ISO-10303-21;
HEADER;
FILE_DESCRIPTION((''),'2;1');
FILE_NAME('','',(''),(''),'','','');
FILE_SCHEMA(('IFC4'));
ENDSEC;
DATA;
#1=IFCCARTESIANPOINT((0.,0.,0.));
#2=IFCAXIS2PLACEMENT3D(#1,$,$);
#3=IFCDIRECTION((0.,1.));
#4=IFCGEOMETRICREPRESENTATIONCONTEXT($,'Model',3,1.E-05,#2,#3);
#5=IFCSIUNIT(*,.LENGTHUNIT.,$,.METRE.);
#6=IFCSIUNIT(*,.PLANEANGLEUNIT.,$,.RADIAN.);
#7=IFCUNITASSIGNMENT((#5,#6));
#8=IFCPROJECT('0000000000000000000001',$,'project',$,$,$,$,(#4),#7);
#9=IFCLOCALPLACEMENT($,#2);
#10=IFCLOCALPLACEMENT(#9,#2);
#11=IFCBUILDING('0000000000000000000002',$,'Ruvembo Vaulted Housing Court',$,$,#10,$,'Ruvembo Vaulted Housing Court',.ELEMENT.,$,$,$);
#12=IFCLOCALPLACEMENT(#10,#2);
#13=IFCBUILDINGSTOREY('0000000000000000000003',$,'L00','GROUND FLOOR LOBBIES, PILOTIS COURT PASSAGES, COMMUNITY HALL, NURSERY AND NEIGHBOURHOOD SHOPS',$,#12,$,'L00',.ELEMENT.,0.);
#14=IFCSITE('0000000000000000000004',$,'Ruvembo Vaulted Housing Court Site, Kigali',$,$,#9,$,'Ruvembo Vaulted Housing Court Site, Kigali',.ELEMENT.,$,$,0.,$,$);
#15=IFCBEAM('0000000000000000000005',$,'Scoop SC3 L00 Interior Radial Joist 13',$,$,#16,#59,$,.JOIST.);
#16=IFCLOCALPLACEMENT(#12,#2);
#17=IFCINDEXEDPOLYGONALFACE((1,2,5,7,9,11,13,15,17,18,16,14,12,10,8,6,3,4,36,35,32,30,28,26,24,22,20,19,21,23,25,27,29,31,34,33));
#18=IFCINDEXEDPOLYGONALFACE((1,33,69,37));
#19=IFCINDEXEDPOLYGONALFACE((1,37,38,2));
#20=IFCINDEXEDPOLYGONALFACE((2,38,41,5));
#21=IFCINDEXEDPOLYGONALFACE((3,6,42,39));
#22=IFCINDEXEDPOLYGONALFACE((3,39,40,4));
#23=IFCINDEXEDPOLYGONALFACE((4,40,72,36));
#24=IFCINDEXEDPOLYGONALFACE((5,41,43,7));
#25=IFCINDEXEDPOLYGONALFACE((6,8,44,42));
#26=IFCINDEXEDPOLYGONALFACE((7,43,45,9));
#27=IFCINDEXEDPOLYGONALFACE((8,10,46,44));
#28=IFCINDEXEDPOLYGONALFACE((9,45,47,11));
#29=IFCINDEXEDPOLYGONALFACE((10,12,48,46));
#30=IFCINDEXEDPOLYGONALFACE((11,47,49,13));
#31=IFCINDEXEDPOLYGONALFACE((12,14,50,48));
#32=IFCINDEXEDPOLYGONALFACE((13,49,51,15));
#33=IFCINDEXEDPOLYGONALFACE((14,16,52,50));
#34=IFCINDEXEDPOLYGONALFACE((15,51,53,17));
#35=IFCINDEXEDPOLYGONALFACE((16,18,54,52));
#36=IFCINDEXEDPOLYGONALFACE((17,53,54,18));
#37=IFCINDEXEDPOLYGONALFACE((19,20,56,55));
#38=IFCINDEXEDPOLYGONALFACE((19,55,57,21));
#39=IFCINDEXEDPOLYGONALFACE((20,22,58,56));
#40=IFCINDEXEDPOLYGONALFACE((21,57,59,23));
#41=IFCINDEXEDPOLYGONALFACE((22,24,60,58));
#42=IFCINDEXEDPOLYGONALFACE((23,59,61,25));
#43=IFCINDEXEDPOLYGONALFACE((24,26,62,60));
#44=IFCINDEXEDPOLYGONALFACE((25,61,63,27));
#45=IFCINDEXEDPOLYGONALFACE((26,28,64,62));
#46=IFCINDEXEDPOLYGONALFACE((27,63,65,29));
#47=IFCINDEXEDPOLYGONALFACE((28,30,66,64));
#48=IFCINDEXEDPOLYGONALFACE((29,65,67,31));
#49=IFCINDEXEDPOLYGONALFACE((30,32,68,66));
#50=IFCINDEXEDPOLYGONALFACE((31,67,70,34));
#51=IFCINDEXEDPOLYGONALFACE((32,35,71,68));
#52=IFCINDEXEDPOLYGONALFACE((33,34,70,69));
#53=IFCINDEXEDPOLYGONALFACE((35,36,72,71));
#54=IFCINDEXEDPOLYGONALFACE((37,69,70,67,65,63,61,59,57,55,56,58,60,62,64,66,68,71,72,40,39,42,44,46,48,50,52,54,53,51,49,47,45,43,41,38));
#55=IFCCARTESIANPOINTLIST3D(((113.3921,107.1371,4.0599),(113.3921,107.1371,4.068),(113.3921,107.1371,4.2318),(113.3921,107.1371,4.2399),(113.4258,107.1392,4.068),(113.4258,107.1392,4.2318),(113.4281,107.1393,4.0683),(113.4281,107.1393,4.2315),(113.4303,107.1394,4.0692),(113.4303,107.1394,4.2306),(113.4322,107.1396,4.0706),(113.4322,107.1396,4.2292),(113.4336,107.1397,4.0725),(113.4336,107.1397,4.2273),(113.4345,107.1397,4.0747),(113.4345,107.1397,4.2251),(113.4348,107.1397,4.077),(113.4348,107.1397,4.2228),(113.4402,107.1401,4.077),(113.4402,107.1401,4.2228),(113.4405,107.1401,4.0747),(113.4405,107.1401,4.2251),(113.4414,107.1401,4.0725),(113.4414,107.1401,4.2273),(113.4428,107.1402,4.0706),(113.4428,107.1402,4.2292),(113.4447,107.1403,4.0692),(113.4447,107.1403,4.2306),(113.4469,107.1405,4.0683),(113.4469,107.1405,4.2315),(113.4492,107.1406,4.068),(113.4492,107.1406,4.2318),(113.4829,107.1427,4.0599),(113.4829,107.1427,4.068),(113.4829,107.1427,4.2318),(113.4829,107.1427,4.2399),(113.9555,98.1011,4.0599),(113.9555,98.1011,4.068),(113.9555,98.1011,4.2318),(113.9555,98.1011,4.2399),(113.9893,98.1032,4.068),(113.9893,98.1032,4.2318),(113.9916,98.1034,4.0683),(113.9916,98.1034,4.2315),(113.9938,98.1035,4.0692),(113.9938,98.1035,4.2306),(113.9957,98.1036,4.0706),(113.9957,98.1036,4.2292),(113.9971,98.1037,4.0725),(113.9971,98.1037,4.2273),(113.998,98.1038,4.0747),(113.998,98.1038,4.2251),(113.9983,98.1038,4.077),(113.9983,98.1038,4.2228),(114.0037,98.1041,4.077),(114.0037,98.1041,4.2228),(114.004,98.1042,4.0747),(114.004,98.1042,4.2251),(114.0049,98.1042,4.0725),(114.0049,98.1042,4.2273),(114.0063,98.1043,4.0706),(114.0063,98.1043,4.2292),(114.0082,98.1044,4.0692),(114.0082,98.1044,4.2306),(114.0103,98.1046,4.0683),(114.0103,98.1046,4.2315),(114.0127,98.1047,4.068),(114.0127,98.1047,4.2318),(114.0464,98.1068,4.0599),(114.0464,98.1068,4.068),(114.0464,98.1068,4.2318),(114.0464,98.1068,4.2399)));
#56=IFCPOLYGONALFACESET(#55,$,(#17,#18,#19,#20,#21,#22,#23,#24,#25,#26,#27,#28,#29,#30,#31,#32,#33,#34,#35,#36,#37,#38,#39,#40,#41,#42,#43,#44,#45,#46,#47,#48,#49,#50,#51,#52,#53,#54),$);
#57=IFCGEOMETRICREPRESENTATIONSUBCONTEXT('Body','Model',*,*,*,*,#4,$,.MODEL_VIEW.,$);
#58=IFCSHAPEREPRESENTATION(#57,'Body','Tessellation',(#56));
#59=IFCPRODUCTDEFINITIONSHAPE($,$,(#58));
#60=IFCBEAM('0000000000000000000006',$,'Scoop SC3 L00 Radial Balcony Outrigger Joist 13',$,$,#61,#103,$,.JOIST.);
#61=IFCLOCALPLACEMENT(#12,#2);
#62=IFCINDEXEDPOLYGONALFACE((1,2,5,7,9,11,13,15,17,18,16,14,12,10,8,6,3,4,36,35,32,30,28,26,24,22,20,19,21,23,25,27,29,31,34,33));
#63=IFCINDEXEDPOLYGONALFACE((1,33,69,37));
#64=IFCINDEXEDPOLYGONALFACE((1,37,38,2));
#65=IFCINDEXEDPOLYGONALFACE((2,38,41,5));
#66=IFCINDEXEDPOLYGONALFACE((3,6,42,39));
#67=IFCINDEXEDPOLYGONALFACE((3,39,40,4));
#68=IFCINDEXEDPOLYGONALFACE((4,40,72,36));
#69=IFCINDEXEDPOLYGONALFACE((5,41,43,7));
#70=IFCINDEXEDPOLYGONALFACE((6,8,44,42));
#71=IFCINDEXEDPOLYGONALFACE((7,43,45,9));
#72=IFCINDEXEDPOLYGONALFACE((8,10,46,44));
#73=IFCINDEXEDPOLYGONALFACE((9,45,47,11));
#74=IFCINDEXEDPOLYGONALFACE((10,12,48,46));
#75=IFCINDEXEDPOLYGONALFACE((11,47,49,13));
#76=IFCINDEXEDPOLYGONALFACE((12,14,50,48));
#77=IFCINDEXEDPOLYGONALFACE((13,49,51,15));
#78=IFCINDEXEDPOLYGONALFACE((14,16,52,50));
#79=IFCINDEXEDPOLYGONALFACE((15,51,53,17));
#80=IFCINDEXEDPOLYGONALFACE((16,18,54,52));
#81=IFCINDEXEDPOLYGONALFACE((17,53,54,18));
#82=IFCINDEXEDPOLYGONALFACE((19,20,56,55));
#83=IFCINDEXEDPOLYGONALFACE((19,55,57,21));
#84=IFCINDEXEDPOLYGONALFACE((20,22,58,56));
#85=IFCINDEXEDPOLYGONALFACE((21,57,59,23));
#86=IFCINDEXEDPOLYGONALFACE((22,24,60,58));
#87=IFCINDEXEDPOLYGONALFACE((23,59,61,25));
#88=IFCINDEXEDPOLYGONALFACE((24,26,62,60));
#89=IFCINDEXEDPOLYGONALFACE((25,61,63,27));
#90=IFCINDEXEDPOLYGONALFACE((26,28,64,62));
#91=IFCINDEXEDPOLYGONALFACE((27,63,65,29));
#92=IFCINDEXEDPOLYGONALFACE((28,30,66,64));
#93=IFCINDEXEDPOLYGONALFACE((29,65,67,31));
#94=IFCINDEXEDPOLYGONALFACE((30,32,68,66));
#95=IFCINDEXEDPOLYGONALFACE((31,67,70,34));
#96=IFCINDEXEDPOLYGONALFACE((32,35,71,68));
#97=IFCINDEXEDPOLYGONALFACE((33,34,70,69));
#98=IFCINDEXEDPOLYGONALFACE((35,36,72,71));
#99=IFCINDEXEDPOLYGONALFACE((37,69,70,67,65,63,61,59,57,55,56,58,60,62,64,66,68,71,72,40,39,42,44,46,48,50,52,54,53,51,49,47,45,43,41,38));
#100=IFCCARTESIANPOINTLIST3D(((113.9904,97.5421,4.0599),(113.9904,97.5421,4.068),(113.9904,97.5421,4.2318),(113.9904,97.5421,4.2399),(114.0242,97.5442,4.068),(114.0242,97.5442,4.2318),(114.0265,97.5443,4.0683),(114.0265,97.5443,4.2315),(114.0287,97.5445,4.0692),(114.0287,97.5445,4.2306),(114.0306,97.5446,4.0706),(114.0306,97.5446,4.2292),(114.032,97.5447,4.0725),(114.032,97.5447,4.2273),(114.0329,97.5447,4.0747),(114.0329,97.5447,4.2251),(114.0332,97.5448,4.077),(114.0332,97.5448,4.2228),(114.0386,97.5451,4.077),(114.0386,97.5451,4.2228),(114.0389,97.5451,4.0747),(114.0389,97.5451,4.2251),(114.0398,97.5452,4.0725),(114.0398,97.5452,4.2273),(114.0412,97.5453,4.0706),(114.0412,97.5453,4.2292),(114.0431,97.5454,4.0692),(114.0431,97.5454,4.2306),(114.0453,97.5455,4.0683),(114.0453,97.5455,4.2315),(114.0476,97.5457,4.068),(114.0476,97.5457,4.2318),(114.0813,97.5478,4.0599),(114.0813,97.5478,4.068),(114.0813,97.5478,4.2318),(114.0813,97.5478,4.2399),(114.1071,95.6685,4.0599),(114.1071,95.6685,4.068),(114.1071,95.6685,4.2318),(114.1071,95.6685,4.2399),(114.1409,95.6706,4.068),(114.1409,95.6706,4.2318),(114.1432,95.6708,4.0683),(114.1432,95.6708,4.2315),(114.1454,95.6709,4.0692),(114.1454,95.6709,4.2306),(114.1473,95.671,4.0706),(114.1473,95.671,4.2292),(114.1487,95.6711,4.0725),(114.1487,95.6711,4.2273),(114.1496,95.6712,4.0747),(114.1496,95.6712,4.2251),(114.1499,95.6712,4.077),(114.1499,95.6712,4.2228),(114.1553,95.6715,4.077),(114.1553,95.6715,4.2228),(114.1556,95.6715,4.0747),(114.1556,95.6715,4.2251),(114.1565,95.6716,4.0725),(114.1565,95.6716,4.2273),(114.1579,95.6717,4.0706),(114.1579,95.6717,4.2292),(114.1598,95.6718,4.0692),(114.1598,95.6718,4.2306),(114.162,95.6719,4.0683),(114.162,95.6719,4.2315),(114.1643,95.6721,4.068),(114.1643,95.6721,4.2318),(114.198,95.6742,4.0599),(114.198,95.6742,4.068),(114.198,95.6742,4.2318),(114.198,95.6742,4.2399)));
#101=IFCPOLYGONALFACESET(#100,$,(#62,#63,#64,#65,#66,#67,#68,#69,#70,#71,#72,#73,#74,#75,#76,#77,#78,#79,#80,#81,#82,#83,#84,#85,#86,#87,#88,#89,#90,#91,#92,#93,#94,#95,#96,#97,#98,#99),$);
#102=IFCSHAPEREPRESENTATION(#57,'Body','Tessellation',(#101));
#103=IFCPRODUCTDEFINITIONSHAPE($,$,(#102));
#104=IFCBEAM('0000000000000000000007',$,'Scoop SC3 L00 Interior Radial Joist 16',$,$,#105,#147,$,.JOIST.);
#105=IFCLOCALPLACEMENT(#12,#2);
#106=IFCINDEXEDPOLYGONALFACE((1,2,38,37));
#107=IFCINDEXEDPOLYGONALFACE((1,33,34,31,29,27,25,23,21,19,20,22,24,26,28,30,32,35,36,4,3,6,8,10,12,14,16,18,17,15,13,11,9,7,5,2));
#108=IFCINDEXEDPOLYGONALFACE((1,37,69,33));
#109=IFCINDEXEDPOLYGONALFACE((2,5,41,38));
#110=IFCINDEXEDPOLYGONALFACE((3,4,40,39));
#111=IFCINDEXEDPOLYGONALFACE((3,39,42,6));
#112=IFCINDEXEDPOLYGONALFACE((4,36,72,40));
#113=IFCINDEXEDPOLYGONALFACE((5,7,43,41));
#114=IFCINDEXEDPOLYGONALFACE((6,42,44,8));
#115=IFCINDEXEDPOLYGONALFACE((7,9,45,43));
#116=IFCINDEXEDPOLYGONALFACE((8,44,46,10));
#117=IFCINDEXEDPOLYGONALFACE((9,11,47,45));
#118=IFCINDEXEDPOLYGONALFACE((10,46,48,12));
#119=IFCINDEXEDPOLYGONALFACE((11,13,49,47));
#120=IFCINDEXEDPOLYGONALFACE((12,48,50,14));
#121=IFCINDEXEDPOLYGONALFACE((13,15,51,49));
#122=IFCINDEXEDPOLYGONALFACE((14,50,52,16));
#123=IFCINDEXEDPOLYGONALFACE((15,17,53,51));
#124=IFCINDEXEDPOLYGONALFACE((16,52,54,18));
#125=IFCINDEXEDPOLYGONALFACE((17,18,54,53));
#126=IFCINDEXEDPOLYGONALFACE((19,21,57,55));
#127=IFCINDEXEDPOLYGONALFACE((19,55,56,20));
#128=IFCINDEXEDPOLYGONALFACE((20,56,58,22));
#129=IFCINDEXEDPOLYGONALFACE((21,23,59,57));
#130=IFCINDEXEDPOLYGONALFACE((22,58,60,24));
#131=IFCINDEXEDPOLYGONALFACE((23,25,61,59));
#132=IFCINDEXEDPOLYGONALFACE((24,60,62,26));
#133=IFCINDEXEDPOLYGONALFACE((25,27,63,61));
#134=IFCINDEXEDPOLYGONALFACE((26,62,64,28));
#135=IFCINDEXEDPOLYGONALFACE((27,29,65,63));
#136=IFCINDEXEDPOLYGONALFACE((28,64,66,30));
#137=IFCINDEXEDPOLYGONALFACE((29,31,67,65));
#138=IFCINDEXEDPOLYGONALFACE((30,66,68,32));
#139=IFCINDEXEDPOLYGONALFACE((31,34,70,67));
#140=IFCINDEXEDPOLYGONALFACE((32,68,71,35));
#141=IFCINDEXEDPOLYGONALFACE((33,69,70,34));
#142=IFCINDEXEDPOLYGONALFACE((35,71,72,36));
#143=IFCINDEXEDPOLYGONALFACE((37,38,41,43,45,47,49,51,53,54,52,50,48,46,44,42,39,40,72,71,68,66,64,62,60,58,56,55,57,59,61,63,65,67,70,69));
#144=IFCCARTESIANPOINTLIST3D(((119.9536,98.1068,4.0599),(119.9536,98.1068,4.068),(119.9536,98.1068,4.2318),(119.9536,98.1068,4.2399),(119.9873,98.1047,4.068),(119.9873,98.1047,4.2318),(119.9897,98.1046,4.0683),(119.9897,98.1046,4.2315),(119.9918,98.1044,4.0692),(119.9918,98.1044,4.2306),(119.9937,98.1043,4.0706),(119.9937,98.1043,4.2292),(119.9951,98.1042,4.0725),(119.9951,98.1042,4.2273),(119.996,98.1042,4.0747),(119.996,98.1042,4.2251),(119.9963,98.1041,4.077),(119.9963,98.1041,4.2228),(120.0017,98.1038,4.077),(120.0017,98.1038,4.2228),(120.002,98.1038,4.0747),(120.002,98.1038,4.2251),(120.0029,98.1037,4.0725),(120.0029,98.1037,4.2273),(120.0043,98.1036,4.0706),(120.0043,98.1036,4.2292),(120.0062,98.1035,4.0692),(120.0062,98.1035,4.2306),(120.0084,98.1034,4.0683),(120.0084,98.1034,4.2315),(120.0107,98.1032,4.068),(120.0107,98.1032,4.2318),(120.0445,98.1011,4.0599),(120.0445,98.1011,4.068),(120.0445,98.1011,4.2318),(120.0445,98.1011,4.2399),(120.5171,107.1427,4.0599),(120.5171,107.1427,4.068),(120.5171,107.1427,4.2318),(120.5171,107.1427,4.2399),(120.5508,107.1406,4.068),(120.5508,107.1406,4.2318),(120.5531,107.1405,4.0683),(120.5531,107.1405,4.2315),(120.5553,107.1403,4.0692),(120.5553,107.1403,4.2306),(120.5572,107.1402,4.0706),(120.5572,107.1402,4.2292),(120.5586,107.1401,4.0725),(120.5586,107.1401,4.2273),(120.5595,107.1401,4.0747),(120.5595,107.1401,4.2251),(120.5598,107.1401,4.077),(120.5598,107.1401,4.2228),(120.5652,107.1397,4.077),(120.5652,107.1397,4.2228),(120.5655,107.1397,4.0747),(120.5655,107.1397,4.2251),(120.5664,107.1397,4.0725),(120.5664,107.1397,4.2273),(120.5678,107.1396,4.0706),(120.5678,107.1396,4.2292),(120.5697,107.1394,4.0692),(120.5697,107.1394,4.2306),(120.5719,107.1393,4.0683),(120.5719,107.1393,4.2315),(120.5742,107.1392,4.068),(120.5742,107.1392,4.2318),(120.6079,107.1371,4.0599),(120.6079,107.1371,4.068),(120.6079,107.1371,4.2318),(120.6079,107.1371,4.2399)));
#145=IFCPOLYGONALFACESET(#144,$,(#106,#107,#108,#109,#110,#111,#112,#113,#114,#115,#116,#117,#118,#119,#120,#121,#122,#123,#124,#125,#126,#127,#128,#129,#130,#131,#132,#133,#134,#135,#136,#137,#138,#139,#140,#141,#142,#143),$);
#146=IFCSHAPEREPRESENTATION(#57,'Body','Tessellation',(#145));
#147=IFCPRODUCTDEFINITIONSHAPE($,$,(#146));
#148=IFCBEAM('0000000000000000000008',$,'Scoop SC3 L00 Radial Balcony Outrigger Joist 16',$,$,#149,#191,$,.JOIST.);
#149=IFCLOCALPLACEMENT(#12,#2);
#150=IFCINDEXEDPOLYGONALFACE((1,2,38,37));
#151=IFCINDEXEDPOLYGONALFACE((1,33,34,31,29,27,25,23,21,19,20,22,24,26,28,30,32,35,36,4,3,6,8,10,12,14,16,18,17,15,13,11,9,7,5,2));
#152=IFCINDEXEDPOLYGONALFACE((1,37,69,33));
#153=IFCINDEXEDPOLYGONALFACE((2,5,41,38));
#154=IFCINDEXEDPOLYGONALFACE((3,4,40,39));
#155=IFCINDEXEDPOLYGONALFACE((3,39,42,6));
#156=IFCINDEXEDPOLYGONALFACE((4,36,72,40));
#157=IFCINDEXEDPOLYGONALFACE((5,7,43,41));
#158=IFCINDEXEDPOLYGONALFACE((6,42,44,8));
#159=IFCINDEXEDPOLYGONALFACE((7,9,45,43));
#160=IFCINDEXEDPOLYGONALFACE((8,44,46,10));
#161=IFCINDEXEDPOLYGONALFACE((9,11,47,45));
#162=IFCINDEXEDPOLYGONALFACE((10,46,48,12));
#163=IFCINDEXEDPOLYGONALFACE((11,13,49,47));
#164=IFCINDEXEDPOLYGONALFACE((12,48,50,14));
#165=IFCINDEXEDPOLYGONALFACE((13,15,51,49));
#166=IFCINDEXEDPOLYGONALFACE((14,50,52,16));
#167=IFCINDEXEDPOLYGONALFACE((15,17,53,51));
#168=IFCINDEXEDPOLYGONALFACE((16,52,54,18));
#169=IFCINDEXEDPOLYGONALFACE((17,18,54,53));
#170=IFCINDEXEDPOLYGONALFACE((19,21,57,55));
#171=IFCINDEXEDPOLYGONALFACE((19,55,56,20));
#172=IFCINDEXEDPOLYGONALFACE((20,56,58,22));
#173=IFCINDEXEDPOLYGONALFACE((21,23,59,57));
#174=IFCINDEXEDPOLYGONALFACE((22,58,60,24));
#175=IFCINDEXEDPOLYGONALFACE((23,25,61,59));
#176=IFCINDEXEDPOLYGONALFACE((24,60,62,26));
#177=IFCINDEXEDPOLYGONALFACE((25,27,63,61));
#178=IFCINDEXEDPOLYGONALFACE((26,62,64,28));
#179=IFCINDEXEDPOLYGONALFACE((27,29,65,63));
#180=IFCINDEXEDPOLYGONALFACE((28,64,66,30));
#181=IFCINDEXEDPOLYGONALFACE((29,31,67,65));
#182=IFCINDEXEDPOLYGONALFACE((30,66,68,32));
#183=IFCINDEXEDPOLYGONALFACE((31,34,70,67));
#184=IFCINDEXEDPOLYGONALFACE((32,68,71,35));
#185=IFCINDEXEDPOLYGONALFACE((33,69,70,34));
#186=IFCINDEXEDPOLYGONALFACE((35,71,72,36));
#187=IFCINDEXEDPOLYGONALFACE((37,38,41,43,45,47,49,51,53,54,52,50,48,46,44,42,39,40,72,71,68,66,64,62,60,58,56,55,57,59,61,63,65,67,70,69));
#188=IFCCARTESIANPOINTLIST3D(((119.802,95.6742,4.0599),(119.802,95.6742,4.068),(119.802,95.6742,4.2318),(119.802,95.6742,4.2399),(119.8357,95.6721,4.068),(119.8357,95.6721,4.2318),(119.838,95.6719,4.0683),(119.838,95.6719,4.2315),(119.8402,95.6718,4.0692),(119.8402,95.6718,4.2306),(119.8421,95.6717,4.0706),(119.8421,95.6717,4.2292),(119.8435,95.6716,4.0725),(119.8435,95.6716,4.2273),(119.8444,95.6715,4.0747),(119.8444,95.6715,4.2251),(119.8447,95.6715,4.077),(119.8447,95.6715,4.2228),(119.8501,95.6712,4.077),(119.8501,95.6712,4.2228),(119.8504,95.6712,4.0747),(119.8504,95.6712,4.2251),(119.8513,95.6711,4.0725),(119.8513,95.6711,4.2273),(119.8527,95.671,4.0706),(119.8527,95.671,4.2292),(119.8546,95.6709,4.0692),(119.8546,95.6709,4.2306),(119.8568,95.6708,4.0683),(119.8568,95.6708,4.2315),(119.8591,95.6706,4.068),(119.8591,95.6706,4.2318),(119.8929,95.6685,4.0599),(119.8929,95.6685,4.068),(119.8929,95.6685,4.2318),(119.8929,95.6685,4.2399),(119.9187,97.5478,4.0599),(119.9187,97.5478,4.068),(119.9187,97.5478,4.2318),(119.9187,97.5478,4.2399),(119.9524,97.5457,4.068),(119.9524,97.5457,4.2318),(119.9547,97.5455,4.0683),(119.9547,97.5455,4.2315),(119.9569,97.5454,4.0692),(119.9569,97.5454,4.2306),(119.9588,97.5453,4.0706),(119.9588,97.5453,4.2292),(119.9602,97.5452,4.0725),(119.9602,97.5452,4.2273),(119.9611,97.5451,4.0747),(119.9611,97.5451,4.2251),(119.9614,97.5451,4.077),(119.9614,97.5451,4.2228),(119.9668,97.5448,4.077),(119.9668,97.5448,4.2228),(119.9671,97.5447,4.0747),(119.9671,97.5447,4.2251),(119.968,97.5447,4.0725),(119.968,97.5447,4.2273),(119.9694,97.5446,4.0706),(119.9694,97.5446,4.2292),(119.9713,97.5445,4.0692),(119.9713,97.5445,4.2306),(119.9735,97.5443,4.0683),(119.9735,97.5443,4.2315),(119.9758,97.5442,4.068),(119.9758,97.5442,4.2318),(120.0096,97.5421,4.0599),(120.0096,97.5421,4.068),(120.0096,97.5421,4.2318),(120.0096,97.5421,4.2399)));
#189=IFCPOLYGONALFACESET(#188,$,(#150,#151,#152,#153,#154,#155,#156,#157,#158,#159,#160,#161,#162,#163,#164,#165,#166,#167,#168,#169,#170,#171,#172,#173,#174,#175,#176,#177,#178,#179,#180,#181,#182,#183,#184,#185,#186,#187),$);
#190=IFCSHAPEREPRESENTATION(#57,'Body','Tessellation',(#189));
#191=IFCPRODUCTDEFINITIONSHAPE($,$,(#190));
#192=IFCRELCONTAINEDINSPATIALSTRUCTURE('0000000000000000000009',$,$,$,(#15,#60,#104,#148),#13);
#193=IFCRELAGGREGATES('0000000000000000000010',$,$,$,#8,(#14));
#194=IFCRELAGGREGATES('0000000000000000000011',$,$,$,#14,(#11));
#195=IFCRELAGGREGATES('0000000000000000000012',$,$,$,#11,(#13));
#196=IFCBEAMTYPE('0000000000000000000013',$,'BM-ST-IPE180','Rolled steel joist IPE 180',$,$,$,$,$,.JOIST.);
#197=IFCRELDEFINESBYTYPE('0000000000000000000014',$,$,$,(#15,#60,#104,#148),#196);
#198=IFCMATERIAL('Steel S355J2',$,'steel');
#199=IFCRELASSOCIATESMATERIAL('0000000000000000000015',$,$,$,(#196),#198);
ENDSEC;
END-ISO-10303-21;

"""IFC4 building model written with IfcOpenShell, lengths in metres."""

from ifc_helpers import new_model, si_unit, direction, frame, origin, origin_2d, place, context, subcontext, project, spatial, i_section, extrude, material, material_profile, profile_set, type_object, element, save


model = new_model("IFC4")

# Units and contexts
model_context = context("Model", 3, precision=1e-05, world=origin(), true_north=direction((0.0, 1.0)))
body_context = subcontext(model_context, "Body", "Model", "MODEL_VIEW")
ifc_project = project(units=[si_unit("LENGTHUNIT", "METRE"), si_unit("PLANEANGLEUNIT", "RADIAN")], contexts=[model_context])

# Site, building, storey
site_placement = place(None, origin())
site = spatial("IfcSite", under=ifc_project, at=site_placement, Name="Ruvembo Vaulted Housing Court Site, Kigali", LongName="Ruvembo Vaulted Housing Court Site, Kigali", CompositionType="ELEMENT", RefElevation=0.0)
building_placement = place(site_placement, origin())
building = spatial("IfcBuilding", under=site, at=building_placement, Name="Ruvembo Vaulted Housing Court", LongName="Ruvembo Vaulted Housing Court", CompositionType="ELEMENT")
storey_placement = place(building_placement, origin())
storey = spatial("IfcBuildingStorey", under=building, at=storey_placement, Name="L00", Description="GROUND FLOOR LOBBIES, PILOTIS COURT PASSAGES, COMMUNITY HALL, NURSERY AND NEIGHBOURHOOD SHOPS", LongName="L00", CompositionType="ELEMENT", Elevation=0.0)

# Beams
ifc_material_1 = material(Name="Steel S355J2", Category="steel")
ifc_material_profile_1 = material_profile(ifc_material_1, i_section(OverallWidth=0.0911, OverallDepth=0.1799, WebThickness=0.0054, FlangeThickness=0.0081, FilletRadius=0.009, at=origin_2d()), Name="IPE 180")
ifc_profile_set_1 = profile_set([ifc_material_profile_1], Name="Steel S355J2")
beam_type_1 = type_object("IfcBeamType", Name="BM-ST-IPE180", Description="Rolled steel joist IPE 180", PredefinedType="JOIST", material=ifc_profile_set_1)
for number, where, z_axis, x_axis, name in (
    (1, (113.4375, 107.1399, 4.1499), (0.062239, -0.998061, 0.0), (0.998061, 0.062239, 0.0), "Scoop SC3 L00 Interior Radial Joist 13"),
):
    element("IfcBeam", number, at=place(storey_placement, frame(where, z_axis=z_axis, x_axis=x_axis)), inside=storey, type_object=beam_type_1, Name=name, PredefinedType="JOIST", context=body_context, shape_type="SweptSolid", body=[
        extrude(i_section(OverallWidth=0.0911, OverallDepth=0.1799, WebThickness=0.0054, FlangeThickness=0.0081, FilletRadius=0.009, at=origin_2d()), origin(), (0.0, 0.0, 1.0), 9.0535),
    ])
beam_1_placement = place(storey_placement, frame((114.0359, 97.5449, 4.1499), z_axis=(0.062168, -0.998066, 0.0), x_axis=(0.998066, 0.062168, 0.0)))
element("IfcBeam", 2, at=beam_1_placement, inside=storey, type_object=beam_type_1, Name="Scoop SC3 L00 Radial Balcony Outrigger Joist 13", PredefinedType="JOIST", context=body_context, shape_type="SweptSolid", body=[
    extrude(i_section(OverallWidth=0.0911, OverallDepth=0.1799, WebThickness=0.0054, FlangeThickness=0.0081, FilletRadius=0.009, at=origin_2d()), origin(), (0.0, 0.0, 1.0), 1.8772),
])
beam_2_placement = place(storey_placement, frame((120.5625, 107.1399, 4.1499), z_axis=(-0.062239, -0.998061, 0.0), x_axis=(0.998061, -0.062239, 0.0)))
element("IfcBeam", 3, at=beam_2_placement, inside=storey, type_object=beam_type_1, Name="Scoop SC3 L00 Interior Radial Joist 16", PredefinedType="JOIST", context=body_context, shape_type="SweptSolid", body=[
    extrude(i_section(OverallWidth=0.0911, OverallDepth=0.1799, WebThickness=0.0054, FlangeThickness=0.0081, FilletRadius=0.009, at=origin_2d()), origin(), (0.0, 0.0, 1.0), 9.0535),
])
beam_3_placement = place(storey_placement, frame((119.9641, 97.5449, 4.1499), z_axis=(-0.062168, -0.998066, 0.0), x_axis=(0.998066, -0.062168, 0.0)))
element("IfcBeam", 4, at=beam_3_placement, inside=storey, type_object=beam_type_1, Name="Scoop SC3 L00 Radial Balcony Outrigger Joist 16", PredefinedType="JOIST", context=body_context, shape_type="SweptSolid", body=[
    extrude(i_section(OverallWidth=0.0911, OverallDepth=0.1799, WebThickness=0.0054, FlangeThickness=0.0081, FilletRadius=0.009, at=origin_2d()), origin(), (0.0, 0.0, 1.0), 1.8772),
])

save(model, "model.ifc")
